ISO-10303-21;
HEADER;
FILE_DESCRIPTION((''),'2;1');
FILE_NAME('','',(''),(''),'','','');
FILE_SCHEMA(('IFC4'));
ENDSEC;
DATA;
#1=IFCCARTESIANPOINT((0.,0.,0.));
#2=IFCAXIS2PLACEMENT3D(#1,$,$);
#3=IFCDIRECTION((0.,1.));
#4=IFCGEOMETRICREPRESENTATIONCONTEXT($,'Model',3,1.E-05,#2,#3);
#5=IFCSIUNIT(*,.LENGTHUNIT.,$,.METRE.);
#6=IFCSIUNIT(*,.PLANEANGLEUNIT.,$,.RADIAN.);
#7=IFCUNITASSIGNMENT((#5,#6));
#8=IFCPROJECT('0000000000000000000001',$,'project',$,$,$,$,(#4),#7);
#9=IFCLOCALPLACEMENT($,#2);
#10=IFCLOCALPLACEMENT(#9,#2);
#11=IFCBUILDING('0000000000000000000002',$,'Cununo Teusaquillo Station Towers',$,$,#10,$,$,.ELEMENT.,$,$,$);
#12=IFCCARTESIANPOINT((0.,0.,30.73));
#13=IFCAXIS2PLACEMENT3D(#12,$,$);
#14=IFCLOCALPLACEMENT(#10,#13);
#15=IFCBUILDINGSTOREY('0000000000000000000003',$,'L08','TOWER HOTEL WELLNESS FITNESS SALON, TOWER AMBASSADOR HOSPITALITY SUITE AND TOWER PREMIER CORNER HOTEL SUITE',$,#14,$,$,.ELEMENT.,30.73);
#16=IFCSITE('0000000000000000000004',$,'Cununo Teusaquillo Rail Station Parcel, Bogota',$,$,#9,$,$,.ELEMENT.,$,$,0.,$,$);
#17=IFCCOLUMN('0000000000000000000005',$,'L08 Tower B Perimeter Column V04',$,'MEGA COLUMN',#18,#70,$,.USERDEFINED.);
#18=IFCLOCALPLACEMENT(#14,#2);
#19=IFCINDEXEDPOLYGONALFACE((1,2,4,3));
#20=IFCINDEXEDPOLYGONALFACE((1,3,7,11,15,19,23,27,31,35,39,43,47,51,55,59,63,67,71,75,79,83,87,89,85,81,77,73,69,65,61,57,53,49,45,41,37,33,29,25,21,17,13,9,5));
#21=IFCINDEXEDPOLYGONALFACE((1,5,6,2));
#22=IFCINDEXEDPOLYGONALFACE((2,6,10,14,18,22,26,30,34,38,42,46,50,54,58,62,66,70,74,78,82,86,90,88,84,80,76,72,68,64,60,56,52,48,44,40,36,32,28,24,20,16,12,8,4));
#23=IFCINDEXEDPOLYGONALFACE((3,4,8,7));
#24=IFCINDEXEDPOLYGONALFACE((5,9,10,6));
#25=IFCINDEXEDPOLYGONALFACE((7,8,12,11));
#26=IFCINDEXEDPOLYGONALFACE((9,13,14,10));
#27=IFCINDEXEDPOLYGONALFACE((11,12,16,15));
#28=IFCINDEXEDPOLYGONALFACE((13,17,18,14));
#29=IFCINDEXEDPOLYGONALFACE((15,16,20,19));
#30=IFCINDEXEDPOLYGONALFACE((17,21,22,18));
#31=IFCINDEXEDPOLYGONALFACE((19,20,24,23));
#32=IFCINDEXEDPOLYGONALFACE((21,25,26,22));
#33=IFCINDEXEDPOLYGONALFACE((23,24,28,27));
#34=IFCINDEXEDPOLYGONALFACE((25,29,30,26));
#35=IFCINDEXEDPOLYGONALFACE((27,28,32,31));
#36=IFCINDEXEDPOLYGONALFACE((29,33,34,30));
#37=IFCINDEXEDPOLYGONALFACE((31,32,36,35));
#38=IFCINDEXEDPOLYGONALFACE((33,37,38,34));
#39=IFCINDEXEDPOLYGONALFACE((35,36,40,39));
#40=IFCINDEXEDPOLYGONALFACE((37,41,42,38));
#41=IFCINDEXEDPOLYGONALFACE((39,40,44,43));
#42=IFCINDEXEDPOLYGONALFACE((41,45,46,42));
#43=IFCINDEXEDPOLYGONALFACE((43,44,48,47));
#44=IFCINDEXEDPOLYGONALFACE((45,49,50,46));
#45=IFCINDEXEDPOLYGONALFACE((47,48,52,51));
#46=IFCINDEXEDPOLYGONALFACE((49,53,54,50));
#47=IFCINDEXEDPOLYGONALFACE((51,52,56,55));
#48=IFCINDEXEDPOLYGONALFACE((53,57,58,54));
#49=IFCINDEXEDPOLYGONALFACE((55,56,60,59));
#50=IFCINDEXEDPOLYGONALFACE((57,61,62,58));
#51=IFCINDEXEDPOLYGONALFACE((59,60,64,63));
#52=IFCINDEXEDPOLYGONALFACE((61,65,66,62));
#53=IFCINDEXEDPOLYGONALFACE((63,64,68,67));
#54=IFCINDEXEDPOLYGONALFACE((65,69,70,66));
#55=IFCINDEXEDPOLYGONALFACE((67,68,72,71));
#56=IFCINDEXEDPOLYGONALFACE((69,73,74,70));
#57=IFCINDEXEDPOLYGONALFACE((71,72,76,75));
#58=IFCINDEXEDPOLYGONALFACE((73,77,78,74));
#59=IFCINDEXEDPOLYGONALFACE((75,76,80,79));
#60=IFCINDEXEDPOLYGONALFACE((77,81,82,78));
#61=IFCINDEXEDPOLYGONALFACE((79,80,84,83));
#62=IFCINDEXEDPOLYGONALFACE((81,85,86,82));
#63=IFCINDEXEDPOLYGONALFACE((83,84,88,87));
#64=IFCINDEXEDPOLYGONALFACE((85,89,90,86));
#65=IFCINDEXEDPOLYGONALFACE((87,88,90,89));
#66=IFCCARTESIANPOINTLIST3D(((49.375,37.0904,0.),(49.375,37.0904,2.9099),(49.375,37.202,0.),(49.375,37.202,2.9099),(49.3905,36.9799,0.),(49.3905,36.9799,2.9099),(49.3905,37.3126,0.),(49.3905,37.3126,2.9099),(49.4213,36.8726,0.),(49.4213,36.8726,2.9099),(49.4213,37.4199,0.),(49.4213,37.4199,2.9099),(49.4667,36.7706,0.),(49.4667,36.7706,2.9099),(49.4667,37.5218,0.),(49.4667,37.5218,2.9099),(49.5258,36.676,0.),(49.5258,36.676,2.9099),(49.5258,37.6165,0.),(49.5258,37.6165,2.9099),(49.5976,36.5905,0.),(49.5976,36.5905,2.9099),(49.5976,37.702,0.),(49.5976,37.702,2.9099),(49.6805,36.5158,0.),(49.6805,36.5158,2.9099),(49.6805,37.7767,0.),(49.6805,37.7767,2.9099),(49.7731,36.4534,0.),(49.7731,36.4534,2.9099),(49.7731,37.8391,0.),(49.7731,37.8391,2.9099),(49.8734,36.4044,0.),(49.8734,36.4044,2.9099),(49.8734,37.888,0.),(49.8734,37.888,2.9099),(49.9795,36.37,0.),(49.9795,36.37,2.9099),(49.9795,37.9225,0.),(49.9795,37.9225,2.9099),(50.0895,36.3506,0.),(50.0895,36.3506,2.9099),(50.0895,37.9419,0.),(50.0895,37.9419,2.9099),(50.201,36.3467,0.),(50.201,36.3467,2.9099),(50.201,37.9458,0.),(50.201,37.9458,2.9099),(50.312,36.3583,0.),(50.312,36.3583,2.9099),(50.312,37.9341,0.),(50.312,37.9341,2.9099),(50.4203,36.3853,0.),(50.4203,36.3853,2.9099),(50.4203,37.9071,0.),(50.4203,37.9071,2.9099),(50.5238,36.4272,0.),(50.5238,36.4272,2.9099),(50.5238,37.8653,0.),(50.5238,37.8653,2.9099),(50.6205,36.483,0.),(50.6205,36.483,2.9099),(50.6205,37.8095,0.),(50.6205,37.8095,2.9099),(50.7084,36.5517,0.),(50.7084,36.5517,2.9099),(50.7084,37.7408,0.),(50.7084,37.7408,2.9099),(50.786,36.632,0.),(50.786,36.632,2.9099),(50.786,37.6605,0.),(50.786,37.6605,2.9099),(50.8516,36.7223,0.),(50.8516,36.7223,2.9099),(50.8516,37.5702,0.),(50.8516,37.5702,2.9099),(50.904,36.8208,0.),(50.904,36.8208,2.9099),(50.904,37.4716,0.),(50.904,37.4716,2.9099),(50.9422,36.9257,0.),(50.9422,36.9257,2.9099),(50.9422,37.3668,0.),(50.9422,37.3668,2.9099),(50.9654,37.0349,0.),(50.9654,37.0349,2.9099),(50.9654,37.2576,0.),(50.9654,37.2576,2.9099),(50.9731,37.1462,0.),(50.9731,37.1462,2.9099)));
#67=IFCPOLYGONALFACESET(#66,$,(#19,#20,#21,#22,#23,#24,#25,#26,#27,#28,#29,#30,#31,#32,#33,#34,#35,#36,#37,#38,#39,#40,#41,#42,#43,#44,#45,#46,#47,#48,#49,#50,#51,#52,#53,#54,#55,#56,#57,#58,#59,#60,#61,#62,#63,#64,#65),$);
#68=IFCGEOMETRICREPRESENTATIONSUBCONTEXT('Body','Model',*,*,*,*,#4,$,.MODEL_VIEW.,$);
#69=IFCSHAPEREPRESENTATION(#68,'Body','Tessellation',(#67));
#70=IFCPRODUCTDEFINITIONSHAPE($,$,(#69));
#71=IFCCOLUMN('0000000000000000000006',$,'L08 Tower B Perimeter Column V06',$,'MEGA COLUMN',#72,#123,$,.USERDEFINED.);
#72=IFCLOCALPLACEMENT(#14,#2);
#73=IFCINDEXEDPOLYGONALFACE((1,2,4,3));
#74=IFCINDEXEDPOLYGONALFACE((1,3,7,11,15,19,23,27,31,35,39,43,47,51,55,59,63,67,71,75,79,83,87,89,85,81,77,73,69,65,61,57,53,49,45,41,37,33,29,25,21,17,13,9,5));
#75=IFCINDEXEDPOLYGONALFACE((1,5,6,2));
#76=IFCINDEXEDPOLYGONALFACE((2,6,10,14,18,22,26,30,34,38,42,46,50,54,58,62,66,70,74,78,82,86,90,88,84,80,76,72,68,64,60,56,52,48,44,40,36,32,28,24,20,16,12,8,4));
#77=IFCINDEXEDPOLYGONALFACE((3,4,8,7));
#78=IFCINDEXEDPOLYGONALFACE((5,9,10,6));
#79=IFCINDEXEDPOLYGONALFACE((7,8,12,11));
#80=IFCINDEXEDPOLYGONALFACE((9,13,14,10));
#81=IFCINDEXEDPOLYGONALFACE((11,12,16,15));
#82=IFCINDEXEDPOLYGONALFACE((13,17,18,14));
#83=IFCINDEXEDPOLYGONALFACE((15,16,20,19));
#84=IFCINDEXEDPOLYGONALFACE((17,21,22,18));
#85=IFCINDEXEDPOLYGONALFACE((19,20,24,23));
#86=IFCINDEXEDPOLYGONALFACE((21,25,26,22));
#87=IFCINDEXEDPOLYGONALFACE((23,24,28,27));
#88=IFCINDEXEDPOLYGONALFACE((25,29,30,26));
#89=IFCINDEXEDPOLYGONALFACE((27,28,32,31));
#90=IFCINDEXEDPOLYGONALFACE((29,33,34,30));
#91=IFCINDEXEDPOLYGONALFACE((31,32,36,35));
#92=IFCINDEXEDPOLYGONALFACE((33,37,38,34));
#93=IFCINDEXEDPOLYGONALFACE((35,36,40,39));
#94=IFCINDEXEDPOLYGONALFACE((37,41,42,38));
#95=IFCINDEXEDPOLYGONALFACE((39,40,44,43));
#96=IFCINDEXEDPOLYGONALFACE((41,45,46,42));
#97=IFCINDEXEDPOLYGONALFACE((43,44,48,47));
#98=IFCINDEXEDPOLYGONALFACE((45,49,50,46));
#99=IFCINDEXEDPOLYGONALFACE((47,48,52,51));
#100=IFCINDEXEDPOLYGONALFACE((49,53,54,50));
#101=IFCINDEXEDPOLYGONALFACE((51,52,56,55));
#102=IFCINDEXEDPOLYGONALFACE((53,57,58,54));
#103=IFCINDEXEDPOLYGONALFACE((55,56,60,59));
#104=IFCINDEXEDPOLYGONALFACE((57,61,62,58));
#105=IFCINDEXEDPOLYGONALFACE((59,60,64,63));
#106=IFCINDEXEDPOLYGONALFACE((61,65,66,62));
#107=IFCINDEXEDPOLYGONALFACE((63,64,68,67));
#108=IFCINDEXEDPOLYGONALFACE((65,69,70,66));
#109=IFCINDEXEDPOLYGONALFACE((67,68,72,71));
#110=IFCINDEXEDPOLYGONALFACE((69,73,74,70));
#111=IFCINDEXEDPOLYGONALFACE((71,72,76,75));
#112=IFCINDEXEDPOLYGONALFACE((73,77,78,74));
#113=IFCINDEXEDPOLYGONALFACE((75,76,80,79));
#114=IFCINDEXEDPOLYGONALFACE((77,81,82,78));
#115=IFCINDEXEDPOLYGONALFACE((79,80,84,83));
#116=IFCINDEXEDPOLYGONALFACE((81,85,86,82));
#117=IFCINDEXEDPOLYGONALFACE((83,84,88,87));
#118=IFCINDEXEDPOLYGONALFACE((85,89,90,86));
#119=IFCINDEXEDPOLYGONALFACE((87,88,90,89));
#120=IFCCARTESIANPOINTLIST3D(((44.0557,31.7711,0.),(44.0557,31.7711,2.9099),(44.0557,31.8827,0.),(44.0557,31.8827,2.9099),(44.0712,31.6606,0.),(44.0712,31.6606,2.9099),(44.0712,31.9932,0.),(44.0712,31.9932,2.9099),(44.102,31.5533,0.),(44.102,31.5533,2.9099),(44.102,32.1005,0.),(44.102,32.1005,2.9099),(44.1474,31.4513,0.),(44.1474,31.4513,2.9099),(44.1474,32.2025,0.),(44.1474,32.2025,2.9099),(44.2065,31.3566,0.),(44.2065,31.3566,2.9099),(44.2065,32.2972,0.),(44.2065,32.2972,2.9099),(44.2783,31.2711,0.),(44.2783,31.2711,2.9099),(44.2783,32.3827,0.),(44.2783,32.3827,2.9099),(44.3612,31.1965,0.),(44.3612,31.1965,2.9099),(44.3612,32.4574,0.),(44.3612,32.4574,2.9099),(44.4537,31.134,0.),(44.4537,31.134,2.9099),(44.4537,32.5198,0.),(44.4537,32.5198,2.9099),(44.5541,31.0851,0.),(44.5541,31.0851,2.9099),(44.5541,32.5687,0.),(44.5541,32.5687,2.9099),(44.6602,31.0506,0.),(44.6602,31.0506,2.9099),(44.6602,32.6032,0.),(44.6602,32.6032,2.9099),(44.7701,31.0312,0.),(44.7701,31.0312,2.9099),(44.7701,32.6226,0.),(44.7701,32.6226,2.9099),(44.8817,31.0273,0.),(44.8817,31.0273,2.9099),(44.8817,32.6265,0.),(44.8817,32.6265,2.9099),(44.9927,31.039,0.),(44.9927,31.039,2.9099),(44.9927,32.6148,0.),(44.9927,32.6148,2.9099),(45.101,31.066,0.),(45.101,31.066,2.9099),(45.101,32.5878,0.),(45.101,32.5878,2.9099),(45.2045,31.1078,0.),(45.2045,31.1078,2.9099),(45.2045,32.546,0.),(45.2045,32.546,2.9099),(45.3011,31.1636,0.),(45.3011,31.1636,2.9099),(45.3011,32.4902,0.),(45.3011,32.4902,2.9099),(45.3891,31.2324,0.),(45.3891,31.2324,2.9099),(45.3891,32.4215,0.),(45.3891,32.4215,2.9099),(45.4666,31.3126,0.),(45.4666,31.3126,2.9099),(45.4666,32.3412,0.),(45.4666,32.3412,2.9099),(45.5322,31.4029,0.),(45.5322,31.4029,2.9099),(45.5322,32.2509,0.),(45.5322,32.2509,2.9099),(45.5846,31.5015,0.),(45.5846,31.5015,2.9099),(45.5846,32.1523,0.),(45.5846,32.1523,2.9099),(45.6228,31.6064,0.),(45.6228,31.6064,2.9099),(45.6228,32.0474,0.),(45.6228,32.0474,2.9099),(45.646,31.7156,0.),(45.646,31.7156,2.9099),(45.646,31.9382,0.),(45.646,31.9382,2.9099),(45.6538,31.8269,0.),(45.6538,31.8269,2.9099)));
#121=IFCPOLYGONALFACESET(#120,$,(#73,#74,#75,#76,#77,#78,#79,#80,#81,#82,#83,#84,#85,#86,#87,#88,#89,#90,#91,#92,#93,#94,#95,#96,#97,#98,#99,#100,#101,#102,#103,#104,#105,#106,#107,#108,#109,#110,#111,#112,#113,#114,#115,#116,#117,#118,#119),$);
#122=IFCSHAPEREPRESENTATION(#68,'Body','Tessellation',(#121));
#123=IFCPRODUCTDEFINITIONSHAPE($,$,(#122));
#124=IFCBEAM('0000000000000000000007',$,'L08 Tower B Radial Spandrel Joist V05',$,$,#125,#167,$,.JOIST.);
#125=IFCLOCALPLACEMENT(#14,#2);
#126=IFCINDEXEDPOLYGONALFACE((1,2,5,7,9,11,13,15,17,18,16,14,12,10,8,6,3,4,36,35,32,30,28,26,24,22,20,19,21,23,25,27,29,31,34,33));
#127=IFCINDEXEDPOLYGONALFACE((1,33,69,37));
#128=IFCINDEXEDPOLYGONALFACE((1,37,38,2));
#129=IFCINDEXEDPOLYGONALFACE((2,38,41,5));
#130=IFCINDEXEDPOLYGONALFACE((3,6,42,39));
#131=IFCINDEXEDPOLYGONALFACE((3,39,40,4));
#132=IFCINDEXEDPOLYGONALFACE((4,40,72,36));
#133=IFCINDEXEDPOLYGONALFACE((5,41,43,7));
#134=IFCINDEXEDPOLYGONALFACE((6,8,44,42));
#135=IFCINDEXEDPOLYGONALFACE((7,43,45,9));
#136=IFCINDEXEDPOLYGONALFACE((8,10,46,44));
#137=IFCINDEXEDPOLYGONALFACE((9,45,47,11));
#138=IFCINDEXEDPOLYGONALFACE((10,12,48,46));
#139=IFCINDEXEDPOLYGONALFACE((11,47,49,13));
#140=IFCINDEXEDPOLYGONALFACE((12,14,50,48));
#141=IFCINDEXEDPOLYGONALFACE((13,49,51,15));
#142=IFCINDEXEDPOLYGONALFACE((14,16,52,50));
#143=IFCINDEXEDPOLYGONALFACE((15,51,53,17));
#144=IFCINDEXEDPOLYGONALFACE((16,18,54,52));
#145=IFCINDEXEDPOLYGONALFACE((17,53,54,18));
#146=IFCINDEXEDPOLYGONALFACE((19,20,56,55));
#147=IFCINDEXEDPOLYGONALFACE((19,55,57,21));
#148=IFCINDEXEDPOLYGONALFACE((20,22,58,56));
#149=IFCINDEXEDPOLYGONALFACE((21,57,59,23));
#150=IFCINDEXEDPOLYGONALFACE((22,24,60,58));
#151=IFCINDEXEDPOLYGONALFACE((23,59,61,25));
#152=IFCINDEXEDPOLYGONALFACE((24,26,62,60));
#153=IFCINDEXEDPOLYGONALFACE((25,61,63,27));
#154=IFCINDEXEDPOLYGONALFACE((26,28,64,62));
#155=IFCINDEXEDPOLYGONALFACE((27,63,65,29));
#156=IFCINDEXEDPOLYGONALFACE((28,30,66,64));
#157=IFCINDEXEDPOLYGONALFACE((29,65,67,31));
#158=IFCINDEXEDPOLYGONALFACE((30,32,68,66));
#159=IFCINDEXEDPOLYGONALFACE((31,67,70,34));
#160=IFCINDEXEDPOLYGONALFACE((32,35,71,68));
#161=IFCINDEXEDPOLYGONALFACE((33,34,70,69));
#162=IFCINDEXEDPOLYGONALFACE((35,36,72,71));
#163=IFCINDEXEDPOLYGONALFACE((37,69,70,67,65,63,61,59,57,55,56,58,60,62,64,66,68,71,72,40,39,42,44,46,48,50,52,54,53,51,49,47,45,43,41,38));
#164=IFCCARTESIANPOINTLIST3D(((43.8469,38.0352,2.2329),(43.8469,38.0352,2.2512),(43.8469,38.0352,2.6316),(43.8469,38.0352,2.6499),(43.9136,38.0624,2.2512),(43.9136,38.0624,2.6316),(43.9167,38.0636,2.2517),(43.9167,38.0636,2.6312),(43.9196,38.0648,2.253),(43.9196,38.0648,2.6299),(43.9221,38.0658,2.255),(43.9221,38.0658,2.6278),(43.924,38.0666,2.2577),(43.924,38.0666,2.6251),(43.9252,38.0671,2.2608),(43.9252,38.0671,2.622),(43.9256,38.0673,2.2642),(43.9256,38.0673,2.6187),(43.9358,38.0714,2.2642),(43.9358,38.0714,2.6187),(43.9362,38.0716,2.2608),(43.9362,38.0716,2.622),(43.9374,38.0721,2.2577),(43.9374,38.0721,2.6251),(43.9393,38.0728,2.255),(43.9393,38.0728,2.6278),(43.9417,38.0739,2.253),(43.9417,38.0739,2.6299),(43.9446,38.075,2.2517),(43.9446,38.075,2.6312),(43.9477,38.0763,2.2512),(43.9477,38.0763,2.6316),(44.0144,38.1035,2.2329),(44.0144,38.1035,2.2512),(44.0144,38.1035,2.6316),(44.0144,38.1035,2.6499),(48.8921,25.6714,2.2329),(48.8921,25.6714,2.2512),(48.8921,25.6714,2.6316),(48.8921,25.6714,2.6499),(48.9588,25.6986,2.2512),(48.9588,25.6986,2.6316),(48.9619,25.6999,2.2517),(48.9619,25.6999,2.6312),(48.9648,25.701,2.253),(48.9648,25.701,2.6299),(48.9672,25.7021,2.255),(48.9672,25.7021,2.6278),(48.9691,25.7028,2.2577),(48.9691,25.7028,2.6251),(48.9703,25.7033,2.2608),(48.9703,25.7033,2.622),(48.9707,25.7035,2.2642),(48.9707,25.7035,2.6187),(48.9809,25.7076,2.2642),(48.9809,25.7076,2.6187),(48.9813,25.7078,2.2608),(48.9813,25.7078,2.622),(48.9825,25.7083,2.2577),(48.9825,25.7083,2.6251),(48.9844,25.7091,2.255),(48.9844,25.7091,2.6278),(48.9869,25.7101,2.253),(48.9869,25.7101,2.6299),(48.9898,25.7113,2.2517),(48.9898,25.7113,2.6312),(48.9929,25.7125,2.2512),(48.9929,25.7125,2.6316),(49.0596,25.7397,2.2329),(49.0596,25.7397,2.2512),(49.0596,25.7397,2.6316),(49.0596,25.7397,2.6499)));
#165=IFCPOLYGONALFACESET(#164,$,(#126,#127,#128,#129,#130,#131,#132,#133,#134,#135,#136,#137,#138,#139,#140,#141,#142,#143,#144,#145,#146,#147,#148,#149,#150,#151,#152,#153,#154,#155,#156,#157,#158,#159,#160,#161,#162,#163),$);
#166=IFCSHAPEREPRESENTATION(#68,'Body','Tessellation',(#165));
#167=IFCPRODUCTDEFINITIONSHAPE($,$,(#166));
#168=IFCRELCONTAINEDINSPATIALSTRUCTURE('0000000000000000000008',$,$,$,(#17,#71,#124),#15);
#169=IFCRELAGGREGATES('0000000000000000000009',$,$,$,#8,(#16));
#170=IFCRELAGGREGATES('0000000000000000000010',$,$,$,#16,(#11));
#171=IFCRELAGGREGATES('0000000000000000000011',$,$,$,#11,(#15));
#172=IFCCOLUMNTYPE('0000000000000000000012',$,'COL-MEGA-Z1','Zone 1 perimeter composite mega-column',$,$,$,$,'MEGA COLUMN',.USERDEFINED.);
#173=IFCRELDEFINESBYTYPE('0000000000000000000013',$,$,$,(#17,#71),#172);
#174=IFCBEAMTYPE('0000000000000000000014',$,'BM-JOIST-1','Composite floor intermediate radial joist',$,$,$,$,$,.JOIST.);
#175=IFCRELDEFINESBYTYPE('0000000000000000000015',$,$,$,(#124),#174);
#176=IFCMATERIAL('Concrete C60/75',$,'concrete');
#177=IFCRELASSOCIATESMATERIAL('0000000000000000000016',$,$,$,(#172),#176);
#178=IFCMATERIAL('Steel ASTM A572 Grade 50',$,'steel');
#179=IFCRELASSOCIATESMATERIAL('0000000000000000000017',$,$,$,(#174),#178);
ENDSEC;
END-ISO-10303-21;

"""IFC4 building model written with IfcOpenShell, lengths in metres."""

from ifc_helpers import new_model, si_unit, direction, frame, origin, origin_2d, place, context, subcontext, project, spatial, circle, i_section, extrude, material, material_profile, profile_set, type_object, element, save


model = new_model("IFC4")

# Units and contexts
model_context = context("Model", 3, precision=1e-05, world=origin(), true_north=direction((0.0, 1.0)))
body_context = subcontext(model_context, "Body", "Model", "MODEL_VIEW")
ifc_project = project(units=[si_unit("LENGTHUNIT", "METRE"), si_unit("PLANEANGLEUNIT", "RADIAN")], contexts=[model_context])

# Site, building, storey
site_placement = place(None, origin())
site = spatial("IfcSite", under=ifc_project, at=site_placement, Name="Cununo Teusaquillo Rail Station Parcel, Bogota", CompositionType="ELEMENT", RefElevation=0.0)
building_placement = place(site_placement, origin())
building = spatial("IfcBuilding", under=site, at=building_placement, Name="Cununo Teusaquillo Station Towers", CompositionType="ELEMENT")
storey_placement = place(building_placement, frame((0.0, 0.0, 30.73)))
storey = spatial("IfcBuildingStorey", under=building, at=storey_placement, Name="L08", Description="TOWER HOTEL WELLNESS FITNESS SALON, TOWER AMBASSADOR HOSPITALITY SUITE AND TOWER PREMIER CORNER HOTEL SUITE", CompositionType="ELEMENT", Elevation=30.73)

# Columns
ifc_material_1 = material(Name="Concrete C60/75", Category="concrete")
ifc_material_profile_1 = material_profile(ifc_material_1, circle(Radius=0.8, at=origin_2d()), Name="RC-CIRC-1600")
ifc_profile_set_1 = profile_set([ifc_material_profile_1], Name="Concrete C60/75")
column_type = type_object("IfcColumnType", Name="COL-MEGA-Z1", Description="Zone 1 perimeter composite mega-column", ElementType="MEGA COLUMN", PredefinedType="USERDEFINED", material=ifc_profile_set_1)
for number, where, z_axis, x_axis, name in (
    (1, (50.1731, 37.1462, 0.0), (0.0, 0.0, 1.0), (1.0, 0.0, 0.0), "L08 Tower B Perimeter Column V04"),
    (2, (44.8538, 31.8269, 0.0), (0.0, 0.0, 1.0), (1.0, 0.0, 0.0), "L08 Tower B Perimeter Column V06"),
):
    element("IfcColumn", number, at=place(storey_placement, frame(where, z_axis=z_axis, x_axis=x_axis)), inside=storey, type_object=column_type, Name=name, ObjectType="MEGA COLUMN", PredefinedType="USERDEFINED", context=body_context, shape_type="SweptSolid", body=[
        extrude(circle(Radius=0.8, at=origin_2d()), origin(), (0.0, 0.0, 1.0), 2.9099),
    ])

# Beam
ifc_material_2 = material(Name="Steel ASTM A572 Grade 50", Category="steel")
ifc_material_profile_2 = material_profile(ifc_material_2, i_section(OverallWidth=0.1809, OverallDepth=0.417, WebThickness=0.011, FlangeThickness=0.0183, FilletRadius=0.0129, at=origin_2d()), Name="W16X57")
ifc_profile_set_2 = profile_set([ifc_material_profile_2], Name="Steel ASTM A572 Grade 50")
beam_type_1 = type_object("IfcBeamType", Name="BM-JOIST-1", Description="Composite floor intermediate radial joist", PredefinedType="JOIST", material=ifc_profile_set_2)
beam_1_placement = place(storey_placement, frame((48.9758, 25.7056, 2.4414), z_axis=(-0.377815, 0.925881, 0.0), x_axis=(-0.925881, -0.377815, 0.0)))
element("IfcBeam", 3, at=beam_1_placement, inside=storey, type_object=beam_type_1, Name="L08 Tower B Radial Spandrel Joist V05", PredefinedType="JOIST", context=body_context, shape_type="SweptSolid", body=[
    extrude(i_section(OverallWidth=0.1809, OverallDepth=0.417, WebThickness=0.011, FlangeThickness=0.0183, FilletRadius=0.0129, at=origin_2d()), origin(), (0.0, 0.0, 1.0), 13.3535),
])

save(model, "model.ifc")
